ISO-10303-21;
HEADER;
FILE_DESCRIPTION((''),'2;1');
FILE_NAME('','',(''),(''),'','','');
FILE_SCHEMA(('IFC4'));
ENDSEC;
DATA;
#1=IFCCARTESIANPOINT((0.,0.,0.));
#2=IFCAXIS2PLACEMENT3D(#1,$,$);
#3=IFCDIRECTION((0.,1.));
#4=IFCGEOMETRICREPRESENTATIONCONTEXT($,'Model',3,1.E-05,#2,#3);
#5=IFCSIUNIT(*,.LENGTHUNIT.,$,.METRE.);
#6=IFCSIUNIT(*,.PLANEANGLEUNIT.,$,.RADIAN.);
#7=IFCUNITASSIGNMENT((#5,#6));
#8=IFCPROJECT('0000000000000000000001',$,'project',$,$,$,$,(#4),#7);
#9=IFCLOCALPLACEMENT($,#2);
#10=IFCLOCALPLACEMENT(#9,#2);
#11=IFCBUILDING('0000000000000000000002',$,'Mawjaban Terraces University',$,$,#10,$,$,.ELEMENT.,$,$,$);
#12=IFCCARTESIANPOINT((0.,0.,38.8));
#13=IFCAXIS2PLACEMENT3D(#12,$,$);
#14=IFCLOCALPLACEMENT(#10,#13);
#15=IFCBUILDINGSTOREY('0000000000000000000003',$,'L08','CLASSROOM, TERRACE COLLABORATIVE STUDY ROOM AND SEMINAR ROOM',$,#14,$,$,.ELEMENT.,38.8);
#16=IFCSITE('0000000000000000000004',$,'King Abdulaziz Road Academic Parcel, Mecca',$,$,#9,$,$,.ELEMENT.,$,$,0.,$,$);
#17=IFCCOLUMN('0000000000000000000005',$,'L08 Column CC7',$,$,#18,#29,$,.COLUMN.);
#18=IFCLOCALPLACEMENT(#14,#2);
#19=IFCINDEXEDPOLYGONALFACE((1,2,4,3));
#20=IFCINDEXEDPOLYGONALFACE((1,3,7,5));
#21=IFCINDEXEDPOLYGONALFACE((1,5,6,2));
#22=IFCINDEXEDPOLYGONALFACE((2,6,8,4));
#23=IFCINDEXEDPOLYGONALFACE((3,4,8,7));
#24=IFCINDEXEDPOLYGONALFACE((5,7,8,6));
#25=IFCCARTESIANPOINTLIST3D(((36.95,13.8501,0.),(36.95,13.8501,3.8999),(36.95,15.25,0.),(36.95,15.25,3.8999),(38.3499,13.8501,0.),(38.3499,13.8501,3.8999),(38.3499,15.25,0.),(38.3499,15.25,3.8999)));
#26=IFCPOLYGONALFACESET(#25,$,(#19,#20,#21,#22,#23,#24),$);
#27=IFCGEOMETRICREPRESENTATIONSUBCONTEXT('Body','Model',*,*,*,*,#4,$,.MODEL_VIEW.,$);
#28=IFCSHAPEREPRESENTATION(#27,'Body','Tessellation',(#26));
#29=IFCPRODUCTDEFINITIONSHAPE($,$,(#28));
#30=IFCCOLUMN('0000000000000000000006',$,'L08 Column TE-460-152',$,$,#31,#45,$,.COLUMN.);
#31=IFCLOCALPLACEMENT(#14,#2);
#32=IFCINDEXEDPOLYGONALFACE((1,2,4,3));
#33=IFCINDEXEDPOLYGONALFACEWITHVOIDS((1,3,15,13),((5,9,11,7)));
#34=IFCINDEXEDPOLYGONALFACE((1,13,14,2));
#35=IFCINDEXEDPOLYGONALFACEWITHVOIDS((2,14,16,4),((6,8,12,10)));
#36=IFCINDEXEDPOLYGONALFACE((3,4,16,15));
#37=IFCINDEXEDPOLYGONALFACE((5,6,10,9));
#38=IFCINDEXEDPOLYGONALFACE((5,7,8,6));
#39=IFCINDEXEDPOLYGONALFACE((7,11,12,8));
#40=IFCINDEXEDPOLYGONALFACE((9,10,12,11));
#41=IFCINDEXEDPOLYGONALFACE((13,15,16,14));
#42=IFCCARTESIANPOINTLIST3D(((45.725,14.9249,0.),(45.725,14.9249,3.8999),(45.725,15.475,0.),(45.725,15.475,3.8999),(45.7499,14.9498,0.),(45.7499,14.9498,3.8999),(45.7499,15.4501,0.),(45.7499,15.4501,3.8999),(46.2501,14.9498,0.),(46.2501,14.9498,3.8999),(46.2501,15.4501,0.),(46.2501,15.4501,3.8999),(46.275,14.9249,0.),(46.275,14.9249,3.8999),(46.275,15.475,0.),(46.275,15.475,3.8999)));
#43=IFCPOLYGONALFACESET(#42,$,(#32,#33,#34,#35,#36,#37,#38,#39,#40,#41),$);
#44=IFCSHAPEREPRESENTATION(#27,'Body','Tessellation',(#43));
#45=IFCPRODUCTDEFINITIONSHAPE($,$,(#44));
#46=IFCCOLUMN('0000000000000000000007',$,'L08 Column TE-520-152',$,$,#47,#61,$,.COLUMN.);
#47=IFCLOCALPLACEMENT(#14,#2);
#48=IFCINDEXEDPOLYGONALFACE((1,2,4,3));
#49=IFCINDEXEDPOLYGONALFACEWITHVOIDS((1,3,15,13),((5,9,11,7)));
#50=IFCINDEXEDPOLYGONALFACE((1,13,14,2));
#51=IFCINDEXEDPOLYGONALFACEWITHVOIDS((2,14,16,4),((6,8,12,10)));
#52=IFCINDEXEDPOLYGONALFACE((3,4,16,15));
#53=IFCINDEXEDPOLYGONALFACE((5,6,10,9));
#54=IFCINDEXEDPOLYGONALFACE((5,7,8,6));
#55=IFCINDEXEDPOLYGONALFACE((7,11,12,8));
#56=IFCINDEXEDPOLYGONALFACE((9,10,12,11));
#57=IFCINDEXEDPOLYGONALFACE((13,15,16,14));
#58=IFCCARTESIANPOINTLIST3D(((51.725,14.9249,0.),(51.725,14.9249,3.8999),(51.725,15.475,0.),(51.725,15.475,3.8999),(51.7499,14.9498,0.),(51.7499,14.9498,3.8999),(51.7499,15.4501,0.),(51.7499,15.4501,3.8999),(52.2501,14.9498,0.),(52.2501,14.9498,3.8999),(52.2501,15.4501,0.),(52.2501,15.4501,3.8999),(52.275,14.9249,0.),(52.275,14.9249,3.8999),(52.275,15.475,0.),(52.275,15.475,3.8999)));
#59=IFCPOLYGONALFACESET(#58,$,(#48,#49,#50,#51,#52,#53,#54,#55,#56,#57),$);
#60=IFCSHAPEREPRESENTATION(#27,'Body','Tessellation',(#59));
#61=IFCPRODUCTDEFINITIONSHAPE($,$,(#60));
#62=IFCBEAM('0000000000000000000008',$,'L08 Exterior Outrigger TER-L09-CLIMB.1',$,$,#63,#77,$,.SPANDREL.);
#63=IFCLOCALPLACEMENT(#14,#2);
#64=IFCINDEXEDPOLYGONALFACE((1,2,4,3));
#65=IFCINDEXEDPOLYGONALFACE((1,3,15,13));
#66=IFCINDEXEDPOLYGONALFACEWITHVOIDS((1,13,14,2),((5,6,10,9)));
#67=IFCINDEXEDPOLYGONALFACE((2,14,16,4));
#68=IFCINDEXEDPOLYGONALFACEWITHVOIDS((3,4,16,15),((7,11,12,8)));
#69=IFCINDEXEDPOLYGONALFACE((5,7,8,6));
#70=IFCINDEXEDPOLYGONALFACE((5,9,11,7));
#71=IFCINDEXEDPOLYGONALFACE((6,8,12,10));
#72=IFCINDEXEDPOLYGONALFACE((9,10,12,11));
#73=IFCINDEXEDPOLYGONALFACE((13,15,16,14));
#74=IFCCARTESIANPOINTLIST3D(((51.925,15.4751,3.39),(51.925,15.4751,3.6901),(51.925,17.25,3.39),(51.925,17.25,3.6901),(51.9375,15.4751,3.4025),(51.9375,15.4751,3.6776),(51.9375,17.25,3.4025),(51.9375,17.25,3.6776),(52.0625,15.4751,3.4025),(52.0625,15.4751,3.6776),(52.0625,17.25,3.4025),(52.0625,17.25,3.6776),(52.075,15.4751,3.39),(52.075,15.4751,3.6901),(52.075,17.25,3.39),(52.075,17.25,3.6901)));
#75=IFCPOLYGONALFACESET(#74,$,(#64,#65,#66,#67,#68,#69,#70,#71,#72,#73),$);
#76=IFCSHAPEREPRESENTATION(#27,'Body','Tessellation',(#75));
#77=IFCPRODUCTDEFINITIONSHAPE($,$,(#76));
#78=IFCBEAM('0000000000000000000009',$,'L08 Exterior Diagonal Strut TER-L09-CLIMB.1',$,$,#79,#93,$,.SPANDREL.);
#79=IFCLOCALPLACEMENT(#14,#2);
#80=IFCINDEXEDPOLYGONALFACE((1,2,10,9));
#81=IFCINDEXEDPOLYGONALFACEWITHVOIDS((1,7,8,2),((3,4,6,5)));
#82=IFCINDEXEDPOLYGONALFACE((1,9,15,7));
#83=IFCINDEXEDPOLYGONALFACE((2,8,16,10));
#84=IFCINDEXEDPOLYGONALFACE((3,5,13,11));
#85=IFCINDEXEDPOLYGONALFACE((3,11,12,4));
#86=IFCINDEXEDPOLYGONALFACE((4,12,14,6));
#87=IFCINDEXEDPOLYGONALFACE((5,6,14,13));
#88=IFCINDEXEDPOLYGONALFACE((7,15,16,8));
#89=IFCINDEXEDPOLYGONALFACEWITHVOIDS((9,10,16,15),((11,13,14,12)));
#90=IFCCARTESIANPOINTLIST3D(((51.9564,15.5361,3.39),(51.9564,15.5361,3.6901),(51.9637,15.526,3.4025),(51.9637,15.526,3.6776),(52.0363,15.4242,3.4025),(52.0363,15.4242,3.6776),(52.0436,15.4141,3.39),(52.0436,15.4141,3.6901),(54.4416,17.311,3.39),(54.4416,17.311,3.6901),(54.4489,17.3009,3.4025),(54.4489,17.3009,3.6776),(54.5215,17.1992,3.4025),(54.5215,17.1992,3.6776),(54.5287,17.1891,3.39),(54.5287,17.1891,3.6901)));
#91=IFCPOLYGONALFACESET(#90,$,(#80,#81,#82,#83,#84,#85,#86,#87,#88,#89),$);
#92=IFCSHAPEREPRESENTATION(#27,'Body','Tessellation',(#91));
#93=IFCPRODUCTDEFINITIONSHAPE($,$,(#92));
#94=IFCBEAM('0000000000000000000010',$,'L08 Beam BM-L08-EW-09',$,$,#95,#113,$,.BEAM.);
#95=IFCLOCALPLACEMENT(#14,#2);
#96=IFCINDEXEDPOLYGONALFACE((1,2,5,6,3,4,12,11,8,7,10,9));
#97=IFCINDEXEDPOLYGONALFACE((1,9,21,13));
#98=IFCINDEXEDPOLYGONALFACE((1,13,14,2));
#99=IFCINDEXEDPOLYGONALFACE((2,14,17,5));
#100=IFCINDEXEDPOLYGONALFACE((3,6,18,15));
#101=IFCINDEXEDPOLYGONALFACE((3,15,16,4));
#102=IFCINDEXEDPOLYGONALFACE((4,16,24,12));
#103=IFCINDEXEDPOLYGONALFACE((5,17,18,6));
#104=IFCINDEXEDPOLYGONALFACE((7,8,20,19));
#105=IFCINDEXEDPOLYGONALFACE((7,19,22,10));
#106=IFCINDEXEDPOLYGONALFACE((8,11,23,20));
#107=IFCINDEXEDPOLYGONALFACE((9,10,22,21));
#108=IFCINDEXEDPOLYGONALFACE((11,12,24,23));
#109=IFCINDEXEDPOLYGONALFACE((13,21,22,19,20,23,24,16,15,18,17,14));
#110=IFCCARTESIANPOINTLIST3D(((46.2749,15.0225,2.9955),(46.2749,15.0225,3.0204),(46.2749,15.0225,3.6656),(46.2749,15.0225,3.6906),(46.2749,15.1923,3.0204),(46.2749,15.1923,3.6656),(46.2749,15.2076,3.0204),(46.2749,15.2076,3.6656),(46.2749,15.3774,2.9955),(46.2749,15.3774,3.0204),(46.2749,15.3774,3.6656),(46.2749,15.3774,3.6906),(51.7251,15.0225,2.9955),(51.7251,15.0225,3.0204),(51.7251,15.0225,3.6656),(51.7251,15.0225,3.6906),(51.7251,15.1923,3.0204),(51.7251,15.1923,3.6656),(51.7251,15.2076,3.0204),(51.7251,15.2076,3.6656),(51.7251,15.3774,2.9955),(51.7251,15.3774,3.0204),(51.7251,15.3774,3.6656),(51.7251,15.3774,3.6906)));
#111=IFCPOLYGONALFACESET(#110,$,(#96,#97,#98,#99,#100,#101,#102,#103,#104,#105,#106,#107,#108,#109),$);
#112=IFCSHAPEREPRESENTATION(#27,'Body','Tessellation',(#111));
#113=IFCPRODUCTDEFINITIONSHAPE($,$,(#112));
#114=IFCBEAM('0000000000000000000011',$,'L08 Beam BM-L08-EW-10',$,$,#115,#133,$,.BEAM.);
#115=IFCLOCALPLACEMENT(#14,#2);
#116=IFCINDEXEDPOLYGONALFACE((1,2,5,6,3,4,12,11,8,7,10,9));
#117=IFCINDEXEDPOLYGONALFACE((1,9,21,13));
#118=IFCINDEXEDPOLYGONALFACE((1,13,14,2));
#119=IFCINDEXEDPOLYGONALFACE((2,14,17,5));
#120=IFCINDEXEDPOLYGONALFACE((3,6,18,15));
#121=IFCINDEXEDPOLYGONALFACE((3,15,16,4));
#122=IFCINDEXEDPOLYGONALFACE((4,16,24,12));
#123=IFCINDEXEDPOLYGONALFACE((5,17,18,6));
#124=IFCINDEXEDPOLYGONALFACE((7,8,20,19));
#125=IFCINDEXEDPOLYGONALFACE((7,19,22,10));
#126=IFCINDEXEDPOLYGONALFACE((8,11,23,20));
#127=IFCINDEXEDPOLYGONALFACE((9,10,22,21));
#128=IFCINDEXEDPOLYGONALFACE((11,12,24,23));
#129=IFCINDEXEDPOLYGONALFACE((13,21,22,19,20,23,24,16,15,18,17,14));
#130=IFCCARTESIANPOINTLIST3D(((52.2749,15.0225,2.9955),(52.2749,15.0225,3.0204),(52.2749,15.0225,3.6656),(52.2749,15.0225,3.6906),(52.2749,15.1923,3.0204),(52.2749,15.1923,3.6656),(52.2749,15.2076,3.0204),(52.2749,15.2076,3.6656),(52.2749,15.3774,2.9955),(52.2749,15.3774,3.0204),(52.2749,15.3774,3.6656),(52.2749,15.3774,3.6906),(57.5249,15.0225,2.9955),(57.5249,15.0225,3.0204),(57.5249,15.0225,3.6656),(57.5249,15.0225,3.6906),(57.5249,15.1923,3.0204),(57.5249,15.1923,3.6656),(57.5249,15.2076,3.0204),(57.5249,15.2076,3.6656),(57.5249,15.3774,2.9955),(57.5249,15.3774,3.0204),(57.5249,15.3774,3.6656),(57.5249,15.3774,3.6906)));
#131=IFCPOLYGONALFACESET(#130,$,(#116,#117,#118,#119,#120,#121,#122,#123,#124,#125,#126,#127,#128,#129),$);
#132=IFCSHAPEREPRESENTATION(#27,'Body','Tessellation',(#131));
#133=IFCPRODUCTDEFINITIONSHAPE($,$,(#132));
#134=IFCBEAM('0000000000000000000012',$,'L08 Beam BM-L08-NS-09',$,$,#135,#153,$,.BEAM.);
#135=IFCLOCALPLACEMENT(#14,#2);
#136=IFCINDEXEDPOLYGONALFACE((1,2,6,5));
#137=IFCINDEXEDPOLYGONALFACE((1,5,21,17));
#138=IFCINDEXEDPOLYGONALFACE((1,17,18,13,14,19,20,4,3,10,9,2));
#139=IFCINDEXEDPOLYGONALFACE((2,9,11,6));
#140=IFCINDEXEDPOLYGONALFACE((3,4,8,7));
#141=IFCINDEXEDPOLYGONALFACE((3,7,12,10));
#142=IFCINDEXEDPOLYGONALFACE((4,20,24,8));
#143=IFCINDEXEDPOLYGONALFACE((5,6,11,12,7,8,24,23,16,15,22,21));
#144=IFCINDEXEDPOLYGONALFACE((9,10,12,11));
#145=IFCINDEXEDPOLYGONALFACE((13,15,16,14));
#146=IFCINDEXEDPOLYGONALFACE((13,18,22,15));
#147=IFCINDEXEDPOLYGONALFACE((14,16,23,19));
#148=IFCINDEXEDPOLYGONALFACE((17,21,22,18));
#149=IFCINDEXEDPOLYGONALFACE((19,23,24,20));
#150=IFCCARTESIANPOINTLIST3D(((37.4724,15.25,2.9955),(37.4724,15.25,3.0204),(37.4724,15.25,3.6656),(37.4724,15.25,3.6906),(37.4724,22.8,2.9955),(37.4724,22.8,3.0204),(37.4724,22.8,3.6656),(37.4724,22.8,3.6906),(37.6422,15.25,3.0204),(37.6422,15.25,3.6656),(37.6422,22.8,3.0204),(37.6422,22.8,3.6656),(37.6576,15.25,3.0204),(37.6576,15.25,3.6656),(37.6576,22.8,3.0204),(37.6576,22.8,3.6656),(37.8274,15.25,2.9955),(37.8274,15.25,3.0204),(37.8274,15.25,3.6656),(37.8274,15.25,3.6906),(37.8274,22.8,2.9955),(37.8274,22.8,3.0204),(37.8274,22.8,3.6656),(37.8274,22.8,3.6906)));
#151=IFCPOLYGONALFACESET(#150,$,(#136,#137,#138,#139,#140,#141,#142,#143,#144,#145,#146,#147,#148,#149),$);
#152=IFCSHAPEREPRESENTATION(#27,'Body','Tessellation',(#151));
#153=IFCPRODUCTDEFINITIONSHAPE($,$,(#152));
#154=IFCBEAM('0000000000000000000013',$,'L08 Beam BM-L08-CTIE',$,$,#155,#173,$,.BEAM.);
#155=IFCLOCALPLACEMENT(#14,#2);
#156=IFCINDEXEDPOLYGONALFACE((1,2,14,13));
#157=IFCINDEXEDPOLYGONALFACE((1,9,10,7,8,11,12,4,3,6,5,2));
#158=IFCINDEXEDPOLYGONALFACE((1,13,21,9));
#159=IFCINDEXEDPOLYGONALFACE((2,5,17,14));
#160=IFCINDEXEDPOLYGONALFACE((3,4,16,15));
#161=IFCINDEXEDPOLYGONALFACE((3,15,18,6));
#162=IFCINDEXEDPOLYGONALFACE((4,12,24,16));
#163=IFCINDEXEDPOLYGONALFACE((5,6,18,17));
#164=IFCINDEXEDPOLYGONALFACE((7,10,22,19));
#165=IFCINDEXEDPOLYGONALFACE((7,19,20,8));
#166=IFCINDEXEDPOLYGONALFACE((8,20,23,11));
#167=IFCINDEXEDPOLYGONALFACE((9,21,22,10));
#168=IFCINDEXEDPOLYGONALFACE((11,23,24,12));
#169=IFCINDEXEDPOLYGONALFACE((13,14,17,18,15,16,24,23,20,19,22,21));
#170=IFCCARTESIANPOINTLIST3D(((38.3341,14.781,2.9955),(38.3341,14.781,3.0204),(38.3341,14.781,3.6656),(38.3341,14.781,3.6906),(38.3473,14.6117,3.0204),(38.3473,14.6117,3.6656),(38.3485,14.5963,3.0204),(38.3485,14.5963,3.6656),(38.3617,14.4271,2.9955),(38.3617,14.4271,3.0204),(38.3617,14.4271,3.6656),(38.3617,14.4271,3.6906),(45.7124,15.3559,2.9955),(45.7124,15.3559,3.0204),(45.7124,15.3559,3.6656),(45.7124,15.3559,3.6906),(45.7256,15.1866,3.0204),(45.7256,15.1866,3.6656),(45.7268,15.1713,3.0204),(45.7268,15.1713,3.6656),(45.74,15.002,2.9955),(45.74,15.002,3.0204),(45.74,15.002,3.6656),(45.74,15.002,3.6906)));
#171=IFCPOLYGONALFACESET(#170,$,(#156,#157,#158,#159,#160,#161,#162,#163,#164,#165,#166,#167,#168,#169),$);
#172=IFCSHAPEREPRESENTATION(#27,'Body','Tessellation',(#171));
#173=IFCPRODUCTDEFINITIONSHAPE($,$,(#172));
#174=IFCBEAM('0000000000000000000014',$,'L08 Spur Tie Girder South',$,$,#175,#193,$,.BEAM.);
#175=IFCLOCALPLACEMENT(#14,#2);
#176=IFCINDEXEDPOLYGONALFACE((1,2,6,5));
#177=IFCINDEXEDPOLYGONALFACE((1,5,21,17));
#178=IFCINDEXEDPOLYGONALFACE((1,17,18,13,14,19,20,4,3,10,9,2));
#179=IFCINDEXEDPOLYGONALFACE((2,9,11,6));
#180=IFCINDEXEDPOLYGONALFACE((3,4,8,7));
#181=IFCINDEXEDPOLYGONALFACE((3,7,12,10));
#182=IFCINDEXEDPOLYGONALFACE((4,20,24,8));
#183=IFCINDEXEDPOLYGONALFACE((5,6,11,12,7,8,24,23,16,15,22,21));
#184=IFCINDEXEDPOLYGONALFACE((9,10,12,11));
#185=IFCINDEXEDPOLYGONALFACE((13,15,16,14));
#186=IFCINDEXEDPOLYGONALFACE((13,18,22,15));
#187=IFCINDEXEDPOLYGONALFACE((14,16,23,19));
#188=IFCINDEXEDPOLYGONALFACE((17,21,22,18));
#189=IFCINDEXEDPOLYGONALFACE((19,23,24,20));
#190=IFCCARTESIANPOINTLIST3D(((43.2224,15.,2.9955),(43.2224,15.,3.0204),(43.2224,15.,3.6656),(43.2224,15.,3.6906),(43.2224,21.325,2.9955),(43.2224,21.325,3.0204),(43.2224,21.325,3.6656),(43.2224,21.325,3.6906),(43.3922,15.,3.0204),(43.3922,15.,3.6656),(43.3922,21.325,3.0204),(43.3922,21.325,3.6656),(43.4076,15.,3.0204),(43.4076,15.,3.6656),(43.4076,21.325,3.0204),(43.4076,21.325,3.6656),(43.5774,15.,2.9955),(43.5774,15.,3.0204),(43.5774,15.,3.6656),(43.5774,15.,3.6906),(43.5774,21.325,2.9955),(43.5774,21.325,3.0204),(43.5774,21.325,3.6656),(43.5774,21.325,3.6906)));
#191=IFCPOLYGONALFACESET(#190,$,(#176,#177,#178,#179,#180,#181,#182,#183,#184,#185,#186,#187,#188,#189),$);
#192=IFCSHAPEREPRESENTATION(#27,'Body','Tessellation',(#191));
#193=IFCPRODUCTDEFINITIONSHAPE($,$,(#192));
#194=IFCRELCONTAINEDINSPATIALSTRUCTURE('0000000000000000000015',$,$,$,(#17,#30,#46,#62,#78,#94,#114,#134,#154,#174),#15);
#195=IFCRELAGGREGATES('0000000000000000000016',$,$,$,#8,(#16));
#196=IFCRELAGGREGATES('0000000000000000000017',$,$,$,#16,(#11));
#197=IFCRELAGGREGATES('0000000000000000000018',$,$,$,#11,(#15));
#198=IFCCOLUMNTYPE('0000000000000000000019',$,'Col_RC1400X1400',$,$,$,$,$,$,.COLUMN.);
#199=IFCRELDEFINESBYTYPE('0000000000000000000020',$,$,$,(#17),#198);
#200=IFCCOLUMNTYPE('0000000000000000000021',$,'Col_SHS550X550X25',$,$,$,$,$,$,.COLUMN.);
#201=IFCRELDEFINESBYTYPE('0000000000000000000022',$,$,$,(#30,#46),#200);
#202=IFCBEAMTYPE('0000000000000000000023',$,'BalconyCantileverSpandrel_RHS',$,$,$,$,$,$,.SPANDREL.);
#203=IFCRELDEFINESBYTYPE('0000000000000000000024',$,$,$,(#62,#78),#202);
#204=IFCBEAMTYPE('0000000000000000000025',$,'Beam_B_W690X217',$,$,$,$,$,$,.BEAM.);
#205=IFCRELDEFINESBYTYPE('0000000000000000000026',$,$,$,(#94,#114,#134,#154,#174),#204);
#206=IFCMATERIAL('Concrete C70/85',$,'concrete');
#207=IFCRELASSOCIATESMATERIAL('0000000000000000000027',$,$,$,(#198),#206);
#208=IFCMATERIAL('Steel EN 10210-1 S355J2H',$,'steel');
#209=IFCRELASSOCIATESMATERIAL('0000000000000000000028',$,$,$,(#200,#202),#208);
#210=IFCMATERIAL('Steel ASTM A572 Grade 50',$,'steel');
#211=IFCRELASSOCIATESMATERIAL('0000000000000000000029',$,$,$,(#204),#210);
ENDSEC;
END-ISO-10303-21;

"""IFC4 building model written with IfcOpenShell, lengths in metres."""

from ifc_helpers import new_model, si_unit, direction, frame, origin, origin_2d, place, context, subcontext, project, spatial, rectangle, hollow_rectangle, i_section, extrude, material, material_profile, profile_set, type_object, element, save


model = new_model("IFC4")

# Units and contexts
model_context = context("Model", 3, precision=1e-05, world=origin(), true_north=direction((0.0, 1.0)))
body_context = subcontext(model_context, "Body", "Model", "MODEL_VIEW")
ifc_project = project(units=[si_unit("LENGTHUNIT", "METRE"), si_unit("PLANEANGLEUNIT", "RADIAN")], contexts=[model_context])

# Site, building, storey
site_placement = place(None, origin())
site = spatial("IfcSite", under=ifc_project, at=site_placement, Name="King Abdulaziz Road Academic Parcel, Mecca", CompositionType="ELEMENT", RefElevation=0.0)
building_placement = place(site_placement, origin())
building = spatial("IfcBuilding", under=site, at=building_placement, Name="Mawjaban Terraces University", CompositionType="ELEMENT")
storey_placement = place(building_placement, frame((0.0, 0.0, 38.8)))
storey = spatial("IfcBuildingStorey", under=building, at=storey_placement, Name="L08", Description="CLASSROOM, TERRACE COLLABORATIVE STUDY ROOM AND SEMINAR ROOM", CompositionType="ELEMENT", Elevation=38.8)

# Columns
ifc_material_1 = material(Name="Concrete C70/85", Category="concrete")
ifc_material_profile_1 = material_profile(ifc_material_1, rectangle(XDim=1.3999, YDim=1.3999, at=origin_2d()), Name="RC1400X1400")
ifc_profile_set_1 = profile_set([ifc_material_profile_1], Name="Concrete C70/85")
column_type_1 = type_object("IfcColumnType", Name="Col_RC1400X1400", PredefinedType="COLUMN", material=ifc_profile_set_1)
column_placement = place(storey_placement, frame((37.6499, 14.55, 0.0), z_axis=(0.0, 0.0, 1.0), x_axis=(1.0, 0.0, 0.0)))
element("IfcColumn", 1, at=column_placement, inside=storey, type_object=column_type_1, Name="L08 Column CC7", PredefinedType="COLUMN", context=body_context, shape_type="SweptSolid", body=[
    extrude(rectangle(XDim=1.3999, YDim=1.3999, at=origin_2d()), origin(), (0.0, 0.0, 1.0), 3.8999),
])
ifc_material_2 = material(Name="Steel EN 10210-1 S355J2H", Category="steel")
ifc_material_profile_2 = material_profile(ifc_material_2, hollow_rectangle(XDim=0.55, YDim=0.55, WallThickness=0.0249, at=origin_2d()), Name="SHS550X550X25")
ifc_profile_set_2 = profile_set([ifc_material_profile_2], Name="Steel EN 10210-1 S355J2H")
column_type_2 = type_object("IfcColumnType", Name="Col_SHS550X550X25", PredefinedType="COLUMN", material=ifc_profile_set_2)
for number, where, z_axis, x_axis, name in (
    (2, (46.0, 15.2, 0.0), (0.0, 0.0, 1.0), (1.0, 0.0, 0.0), "L08 Column TE-460-152"),
    (3, (52.0, 15.2, 0.0), (0.0, 0.0, 1.0), (1.0, 0.0, 0.0), "L08 Column TE-520-152"),
):
    element("IfcColumn", number, at=place(storey_placement, frame(where, z_axis=z_axis, x_axis=x_axis)), inside=storey, type_object=column_type_2, Name=name, PredefinedType="COLUMN", context=body_context, shape_type="SweptSolid", body=[
        extrude(hollow_rectangle(XDim=0.55, YDim=0.55, WallThickness=0.0249, at=origin_2d()), origin(), (0.0, 0.0, 1.0), 3.8999),
    ])

# Beams
ifc_material_profile_3 = material_profile(ifc_material_2, hollow_rectangle(XDim=0.1499, YDim=0.3, WallThickness=0.0125, at=origin_2d()), Name="RHS300X150X12.5")
ifc_profile_set_3 = profile_set([ifc_material_profile_3], Name="Steel EN 10210-1 S355J2H")
beam_type_1 = type_object("IfcBeamType", Name="BalconyCantileverSpandrel_RHS", PredefinedType="SPANDREL", material=ifc_profile_set_3)
beam_1_placement = place(storey_placement, frame((52.0, 15.4751, 3.54), z_axis=(0.0, 1.0, 0.0), x_axis=(-1.0, 0.0, 0.0)))
element("IfcBeam", 4, at=beam_1_placement, inside=storey, type_object=beam_type_1, Name="L08 Exterior Outrigger TER-L09-CLIMB.1", PredefinedType="SPANDREL", context=body_context, shape_type="SweptSolid", body=[
    extrude(hollow_rectangle(XDim=0.1499, YDim=0.3, WallThickness=0.0125, at=origin_2d()), origin(), (0.0, 0.0, 1.0), 1.7749),
])
beam_2_placement = place(storey_placement, frame((52.0, 15.4751, 3.54), z_axis=(0.81376, 0.5812, 0.0), x_axis=(-0.5812, 0.81376, 0.0)))
element("IfcBeam", 5, at=beam_2_placement, inside=storey, type_object=beam_type_1, Name="L08 Exterior Diagonal Strut TER-L09-CLIMB.1", PredefinedType="SPANDREL", context=body_context, shape_type="SweptSolid", body=[
    extrude(hollow_rectangle(XDim=0.1499, YDim=0.3, WallThickness=0.0125, at=origin_2d()), origin(), (0.0, 0.0, 1.0), 3.054),
])
ifc_material_3 = material(Name="Steel ASTM A572 Grade 50", Category="steel")
ifc_material_profile_4 = material_profile(ifc_material_3, i_section(OverallWidth=0.355, OverallDepth=0.6951, WebThickness=0.0154, FlangeThickness=0.0249, at=origin_2d()), Name="W690X217")
ifc_profile_set_4 = profile_set([ifc_material_profile_4], Name="Steel ASTM A572 Grade 50")
beam_type_2 = type_object("IfcBeamType", Name="Beam_B_W690X217", PredefinedType="BEAM", material=ifc_profile_set_4)
beam_3_placement = place(storey_placement, frame((46.2749, 15.2, 3.343), z_axis=(1.0, 0.0, 0.0), x_axis=(0.0, 1.0, 0.0)))
element("IfcBeam", 6, at=beam_3_placement, inside=storey, type_object=beam_type_2, Name="L08 Beam BM-L08-EW-09", PredefinedType="BEAM", context=body_context, shape_type="SweptSolid", body=[
    extrude(i_section(OverallWidth=0.355, OverallDepth=0.6951, WebThickness=0.0154, FlangeThickness=0.0249, at=origin_2d()), origin(), (0.0, 0.0, 1.0), 5.4502),
])
beam_4_placement = place(storey_placement, frame((52.2749, 15.2, 3.343), z_axis=(1.0, 0.0, 0.0), x_axis=(0.0, 1.0, 0.0)))
element("IfcBeam", 7, at=beam_4_placement, inside=storey, type_object=beam_type_2, Name="L08 Beam BM-L08-EW-10", PredefinedType="BEAM", context=body_context, shape_type="SweptSolid", body=[
    extrude(i_section(OverallWidth=0.355, OverallDepth=0.6951, WebThickness=0.0154, FlangeThickness=0.0249, at=origin_2d()), origin(), (0.0, 0.0, 1.0), 5.25),
])
beam_5_placement = place(storey_placement, frame((37.6499, 15.25, 3.343), z_axis=(0.0, 1.0, 0.0), x_axis=(-1.0, 0.0, 0.0)))
element("IfcBeam", 8, at=beam_5_placement, inside=storey, type_object=beam_type_2, Name="L08 Beam BM-L08-NS-09", PredefinedType="BEAM", context=body_context, shape_type="SweptSolid", body=[
    extrude(i_section(OverallWidth=0.355, OverallDepth=0.6951, WebThickness=0.0154, FlangeThickness=0.0249, at=origin_2d()), origin(), (0.0, 0.0, 1.0), 7.55),
])
beam_6_placement = place(storey_placement, frame((38.3479, 14.604, 3.343), z_axis=(0.996978, 0.07769, 0.0), x_axis=(-0.07769, 0.996978, 0.0)))
element("IfcBeam", 9, at=beam_6_placement, inside=storey, type_object=beam_type_2, Name="L08 Beam BM-L08-CTIE", PredefinedType="BEAM", context=body_context, shape_type="SweptSolid", body=[
    extrude(i_section(OverallWidth=0.355, OverallDepth=0.6951, WebThickness=0.0154, FlangeThickness=0.0249, at=origin_2d()), origin(), (0.0, 0.0, 1.0), 7.4006),
])
beam_7_placement = place(storey_placement, frame((43.3999, 15.0, 3.343), z_axis=(0.0, 1.0, 0.0), x_axis=(-1.0, 0.0, 0.0)))
element("IfcBeam", 10, at=beam_7_placement, inside=storey, type_object=beam_type_2, Name="L08 Spur Tie Girder South", PredefinedType="BEAM", context=body_context, shape_type="SweptSolid", body=[
    extrude(i_section(OverallWidth=0.355, OverallDepth=0.6951, WebThickness=0.0154, FlangeThickness=0.0249, at=origin_2d()), origin(), (0.0, 0.0, 1.0), 6.325),
])

save(model, "model.ifc")
